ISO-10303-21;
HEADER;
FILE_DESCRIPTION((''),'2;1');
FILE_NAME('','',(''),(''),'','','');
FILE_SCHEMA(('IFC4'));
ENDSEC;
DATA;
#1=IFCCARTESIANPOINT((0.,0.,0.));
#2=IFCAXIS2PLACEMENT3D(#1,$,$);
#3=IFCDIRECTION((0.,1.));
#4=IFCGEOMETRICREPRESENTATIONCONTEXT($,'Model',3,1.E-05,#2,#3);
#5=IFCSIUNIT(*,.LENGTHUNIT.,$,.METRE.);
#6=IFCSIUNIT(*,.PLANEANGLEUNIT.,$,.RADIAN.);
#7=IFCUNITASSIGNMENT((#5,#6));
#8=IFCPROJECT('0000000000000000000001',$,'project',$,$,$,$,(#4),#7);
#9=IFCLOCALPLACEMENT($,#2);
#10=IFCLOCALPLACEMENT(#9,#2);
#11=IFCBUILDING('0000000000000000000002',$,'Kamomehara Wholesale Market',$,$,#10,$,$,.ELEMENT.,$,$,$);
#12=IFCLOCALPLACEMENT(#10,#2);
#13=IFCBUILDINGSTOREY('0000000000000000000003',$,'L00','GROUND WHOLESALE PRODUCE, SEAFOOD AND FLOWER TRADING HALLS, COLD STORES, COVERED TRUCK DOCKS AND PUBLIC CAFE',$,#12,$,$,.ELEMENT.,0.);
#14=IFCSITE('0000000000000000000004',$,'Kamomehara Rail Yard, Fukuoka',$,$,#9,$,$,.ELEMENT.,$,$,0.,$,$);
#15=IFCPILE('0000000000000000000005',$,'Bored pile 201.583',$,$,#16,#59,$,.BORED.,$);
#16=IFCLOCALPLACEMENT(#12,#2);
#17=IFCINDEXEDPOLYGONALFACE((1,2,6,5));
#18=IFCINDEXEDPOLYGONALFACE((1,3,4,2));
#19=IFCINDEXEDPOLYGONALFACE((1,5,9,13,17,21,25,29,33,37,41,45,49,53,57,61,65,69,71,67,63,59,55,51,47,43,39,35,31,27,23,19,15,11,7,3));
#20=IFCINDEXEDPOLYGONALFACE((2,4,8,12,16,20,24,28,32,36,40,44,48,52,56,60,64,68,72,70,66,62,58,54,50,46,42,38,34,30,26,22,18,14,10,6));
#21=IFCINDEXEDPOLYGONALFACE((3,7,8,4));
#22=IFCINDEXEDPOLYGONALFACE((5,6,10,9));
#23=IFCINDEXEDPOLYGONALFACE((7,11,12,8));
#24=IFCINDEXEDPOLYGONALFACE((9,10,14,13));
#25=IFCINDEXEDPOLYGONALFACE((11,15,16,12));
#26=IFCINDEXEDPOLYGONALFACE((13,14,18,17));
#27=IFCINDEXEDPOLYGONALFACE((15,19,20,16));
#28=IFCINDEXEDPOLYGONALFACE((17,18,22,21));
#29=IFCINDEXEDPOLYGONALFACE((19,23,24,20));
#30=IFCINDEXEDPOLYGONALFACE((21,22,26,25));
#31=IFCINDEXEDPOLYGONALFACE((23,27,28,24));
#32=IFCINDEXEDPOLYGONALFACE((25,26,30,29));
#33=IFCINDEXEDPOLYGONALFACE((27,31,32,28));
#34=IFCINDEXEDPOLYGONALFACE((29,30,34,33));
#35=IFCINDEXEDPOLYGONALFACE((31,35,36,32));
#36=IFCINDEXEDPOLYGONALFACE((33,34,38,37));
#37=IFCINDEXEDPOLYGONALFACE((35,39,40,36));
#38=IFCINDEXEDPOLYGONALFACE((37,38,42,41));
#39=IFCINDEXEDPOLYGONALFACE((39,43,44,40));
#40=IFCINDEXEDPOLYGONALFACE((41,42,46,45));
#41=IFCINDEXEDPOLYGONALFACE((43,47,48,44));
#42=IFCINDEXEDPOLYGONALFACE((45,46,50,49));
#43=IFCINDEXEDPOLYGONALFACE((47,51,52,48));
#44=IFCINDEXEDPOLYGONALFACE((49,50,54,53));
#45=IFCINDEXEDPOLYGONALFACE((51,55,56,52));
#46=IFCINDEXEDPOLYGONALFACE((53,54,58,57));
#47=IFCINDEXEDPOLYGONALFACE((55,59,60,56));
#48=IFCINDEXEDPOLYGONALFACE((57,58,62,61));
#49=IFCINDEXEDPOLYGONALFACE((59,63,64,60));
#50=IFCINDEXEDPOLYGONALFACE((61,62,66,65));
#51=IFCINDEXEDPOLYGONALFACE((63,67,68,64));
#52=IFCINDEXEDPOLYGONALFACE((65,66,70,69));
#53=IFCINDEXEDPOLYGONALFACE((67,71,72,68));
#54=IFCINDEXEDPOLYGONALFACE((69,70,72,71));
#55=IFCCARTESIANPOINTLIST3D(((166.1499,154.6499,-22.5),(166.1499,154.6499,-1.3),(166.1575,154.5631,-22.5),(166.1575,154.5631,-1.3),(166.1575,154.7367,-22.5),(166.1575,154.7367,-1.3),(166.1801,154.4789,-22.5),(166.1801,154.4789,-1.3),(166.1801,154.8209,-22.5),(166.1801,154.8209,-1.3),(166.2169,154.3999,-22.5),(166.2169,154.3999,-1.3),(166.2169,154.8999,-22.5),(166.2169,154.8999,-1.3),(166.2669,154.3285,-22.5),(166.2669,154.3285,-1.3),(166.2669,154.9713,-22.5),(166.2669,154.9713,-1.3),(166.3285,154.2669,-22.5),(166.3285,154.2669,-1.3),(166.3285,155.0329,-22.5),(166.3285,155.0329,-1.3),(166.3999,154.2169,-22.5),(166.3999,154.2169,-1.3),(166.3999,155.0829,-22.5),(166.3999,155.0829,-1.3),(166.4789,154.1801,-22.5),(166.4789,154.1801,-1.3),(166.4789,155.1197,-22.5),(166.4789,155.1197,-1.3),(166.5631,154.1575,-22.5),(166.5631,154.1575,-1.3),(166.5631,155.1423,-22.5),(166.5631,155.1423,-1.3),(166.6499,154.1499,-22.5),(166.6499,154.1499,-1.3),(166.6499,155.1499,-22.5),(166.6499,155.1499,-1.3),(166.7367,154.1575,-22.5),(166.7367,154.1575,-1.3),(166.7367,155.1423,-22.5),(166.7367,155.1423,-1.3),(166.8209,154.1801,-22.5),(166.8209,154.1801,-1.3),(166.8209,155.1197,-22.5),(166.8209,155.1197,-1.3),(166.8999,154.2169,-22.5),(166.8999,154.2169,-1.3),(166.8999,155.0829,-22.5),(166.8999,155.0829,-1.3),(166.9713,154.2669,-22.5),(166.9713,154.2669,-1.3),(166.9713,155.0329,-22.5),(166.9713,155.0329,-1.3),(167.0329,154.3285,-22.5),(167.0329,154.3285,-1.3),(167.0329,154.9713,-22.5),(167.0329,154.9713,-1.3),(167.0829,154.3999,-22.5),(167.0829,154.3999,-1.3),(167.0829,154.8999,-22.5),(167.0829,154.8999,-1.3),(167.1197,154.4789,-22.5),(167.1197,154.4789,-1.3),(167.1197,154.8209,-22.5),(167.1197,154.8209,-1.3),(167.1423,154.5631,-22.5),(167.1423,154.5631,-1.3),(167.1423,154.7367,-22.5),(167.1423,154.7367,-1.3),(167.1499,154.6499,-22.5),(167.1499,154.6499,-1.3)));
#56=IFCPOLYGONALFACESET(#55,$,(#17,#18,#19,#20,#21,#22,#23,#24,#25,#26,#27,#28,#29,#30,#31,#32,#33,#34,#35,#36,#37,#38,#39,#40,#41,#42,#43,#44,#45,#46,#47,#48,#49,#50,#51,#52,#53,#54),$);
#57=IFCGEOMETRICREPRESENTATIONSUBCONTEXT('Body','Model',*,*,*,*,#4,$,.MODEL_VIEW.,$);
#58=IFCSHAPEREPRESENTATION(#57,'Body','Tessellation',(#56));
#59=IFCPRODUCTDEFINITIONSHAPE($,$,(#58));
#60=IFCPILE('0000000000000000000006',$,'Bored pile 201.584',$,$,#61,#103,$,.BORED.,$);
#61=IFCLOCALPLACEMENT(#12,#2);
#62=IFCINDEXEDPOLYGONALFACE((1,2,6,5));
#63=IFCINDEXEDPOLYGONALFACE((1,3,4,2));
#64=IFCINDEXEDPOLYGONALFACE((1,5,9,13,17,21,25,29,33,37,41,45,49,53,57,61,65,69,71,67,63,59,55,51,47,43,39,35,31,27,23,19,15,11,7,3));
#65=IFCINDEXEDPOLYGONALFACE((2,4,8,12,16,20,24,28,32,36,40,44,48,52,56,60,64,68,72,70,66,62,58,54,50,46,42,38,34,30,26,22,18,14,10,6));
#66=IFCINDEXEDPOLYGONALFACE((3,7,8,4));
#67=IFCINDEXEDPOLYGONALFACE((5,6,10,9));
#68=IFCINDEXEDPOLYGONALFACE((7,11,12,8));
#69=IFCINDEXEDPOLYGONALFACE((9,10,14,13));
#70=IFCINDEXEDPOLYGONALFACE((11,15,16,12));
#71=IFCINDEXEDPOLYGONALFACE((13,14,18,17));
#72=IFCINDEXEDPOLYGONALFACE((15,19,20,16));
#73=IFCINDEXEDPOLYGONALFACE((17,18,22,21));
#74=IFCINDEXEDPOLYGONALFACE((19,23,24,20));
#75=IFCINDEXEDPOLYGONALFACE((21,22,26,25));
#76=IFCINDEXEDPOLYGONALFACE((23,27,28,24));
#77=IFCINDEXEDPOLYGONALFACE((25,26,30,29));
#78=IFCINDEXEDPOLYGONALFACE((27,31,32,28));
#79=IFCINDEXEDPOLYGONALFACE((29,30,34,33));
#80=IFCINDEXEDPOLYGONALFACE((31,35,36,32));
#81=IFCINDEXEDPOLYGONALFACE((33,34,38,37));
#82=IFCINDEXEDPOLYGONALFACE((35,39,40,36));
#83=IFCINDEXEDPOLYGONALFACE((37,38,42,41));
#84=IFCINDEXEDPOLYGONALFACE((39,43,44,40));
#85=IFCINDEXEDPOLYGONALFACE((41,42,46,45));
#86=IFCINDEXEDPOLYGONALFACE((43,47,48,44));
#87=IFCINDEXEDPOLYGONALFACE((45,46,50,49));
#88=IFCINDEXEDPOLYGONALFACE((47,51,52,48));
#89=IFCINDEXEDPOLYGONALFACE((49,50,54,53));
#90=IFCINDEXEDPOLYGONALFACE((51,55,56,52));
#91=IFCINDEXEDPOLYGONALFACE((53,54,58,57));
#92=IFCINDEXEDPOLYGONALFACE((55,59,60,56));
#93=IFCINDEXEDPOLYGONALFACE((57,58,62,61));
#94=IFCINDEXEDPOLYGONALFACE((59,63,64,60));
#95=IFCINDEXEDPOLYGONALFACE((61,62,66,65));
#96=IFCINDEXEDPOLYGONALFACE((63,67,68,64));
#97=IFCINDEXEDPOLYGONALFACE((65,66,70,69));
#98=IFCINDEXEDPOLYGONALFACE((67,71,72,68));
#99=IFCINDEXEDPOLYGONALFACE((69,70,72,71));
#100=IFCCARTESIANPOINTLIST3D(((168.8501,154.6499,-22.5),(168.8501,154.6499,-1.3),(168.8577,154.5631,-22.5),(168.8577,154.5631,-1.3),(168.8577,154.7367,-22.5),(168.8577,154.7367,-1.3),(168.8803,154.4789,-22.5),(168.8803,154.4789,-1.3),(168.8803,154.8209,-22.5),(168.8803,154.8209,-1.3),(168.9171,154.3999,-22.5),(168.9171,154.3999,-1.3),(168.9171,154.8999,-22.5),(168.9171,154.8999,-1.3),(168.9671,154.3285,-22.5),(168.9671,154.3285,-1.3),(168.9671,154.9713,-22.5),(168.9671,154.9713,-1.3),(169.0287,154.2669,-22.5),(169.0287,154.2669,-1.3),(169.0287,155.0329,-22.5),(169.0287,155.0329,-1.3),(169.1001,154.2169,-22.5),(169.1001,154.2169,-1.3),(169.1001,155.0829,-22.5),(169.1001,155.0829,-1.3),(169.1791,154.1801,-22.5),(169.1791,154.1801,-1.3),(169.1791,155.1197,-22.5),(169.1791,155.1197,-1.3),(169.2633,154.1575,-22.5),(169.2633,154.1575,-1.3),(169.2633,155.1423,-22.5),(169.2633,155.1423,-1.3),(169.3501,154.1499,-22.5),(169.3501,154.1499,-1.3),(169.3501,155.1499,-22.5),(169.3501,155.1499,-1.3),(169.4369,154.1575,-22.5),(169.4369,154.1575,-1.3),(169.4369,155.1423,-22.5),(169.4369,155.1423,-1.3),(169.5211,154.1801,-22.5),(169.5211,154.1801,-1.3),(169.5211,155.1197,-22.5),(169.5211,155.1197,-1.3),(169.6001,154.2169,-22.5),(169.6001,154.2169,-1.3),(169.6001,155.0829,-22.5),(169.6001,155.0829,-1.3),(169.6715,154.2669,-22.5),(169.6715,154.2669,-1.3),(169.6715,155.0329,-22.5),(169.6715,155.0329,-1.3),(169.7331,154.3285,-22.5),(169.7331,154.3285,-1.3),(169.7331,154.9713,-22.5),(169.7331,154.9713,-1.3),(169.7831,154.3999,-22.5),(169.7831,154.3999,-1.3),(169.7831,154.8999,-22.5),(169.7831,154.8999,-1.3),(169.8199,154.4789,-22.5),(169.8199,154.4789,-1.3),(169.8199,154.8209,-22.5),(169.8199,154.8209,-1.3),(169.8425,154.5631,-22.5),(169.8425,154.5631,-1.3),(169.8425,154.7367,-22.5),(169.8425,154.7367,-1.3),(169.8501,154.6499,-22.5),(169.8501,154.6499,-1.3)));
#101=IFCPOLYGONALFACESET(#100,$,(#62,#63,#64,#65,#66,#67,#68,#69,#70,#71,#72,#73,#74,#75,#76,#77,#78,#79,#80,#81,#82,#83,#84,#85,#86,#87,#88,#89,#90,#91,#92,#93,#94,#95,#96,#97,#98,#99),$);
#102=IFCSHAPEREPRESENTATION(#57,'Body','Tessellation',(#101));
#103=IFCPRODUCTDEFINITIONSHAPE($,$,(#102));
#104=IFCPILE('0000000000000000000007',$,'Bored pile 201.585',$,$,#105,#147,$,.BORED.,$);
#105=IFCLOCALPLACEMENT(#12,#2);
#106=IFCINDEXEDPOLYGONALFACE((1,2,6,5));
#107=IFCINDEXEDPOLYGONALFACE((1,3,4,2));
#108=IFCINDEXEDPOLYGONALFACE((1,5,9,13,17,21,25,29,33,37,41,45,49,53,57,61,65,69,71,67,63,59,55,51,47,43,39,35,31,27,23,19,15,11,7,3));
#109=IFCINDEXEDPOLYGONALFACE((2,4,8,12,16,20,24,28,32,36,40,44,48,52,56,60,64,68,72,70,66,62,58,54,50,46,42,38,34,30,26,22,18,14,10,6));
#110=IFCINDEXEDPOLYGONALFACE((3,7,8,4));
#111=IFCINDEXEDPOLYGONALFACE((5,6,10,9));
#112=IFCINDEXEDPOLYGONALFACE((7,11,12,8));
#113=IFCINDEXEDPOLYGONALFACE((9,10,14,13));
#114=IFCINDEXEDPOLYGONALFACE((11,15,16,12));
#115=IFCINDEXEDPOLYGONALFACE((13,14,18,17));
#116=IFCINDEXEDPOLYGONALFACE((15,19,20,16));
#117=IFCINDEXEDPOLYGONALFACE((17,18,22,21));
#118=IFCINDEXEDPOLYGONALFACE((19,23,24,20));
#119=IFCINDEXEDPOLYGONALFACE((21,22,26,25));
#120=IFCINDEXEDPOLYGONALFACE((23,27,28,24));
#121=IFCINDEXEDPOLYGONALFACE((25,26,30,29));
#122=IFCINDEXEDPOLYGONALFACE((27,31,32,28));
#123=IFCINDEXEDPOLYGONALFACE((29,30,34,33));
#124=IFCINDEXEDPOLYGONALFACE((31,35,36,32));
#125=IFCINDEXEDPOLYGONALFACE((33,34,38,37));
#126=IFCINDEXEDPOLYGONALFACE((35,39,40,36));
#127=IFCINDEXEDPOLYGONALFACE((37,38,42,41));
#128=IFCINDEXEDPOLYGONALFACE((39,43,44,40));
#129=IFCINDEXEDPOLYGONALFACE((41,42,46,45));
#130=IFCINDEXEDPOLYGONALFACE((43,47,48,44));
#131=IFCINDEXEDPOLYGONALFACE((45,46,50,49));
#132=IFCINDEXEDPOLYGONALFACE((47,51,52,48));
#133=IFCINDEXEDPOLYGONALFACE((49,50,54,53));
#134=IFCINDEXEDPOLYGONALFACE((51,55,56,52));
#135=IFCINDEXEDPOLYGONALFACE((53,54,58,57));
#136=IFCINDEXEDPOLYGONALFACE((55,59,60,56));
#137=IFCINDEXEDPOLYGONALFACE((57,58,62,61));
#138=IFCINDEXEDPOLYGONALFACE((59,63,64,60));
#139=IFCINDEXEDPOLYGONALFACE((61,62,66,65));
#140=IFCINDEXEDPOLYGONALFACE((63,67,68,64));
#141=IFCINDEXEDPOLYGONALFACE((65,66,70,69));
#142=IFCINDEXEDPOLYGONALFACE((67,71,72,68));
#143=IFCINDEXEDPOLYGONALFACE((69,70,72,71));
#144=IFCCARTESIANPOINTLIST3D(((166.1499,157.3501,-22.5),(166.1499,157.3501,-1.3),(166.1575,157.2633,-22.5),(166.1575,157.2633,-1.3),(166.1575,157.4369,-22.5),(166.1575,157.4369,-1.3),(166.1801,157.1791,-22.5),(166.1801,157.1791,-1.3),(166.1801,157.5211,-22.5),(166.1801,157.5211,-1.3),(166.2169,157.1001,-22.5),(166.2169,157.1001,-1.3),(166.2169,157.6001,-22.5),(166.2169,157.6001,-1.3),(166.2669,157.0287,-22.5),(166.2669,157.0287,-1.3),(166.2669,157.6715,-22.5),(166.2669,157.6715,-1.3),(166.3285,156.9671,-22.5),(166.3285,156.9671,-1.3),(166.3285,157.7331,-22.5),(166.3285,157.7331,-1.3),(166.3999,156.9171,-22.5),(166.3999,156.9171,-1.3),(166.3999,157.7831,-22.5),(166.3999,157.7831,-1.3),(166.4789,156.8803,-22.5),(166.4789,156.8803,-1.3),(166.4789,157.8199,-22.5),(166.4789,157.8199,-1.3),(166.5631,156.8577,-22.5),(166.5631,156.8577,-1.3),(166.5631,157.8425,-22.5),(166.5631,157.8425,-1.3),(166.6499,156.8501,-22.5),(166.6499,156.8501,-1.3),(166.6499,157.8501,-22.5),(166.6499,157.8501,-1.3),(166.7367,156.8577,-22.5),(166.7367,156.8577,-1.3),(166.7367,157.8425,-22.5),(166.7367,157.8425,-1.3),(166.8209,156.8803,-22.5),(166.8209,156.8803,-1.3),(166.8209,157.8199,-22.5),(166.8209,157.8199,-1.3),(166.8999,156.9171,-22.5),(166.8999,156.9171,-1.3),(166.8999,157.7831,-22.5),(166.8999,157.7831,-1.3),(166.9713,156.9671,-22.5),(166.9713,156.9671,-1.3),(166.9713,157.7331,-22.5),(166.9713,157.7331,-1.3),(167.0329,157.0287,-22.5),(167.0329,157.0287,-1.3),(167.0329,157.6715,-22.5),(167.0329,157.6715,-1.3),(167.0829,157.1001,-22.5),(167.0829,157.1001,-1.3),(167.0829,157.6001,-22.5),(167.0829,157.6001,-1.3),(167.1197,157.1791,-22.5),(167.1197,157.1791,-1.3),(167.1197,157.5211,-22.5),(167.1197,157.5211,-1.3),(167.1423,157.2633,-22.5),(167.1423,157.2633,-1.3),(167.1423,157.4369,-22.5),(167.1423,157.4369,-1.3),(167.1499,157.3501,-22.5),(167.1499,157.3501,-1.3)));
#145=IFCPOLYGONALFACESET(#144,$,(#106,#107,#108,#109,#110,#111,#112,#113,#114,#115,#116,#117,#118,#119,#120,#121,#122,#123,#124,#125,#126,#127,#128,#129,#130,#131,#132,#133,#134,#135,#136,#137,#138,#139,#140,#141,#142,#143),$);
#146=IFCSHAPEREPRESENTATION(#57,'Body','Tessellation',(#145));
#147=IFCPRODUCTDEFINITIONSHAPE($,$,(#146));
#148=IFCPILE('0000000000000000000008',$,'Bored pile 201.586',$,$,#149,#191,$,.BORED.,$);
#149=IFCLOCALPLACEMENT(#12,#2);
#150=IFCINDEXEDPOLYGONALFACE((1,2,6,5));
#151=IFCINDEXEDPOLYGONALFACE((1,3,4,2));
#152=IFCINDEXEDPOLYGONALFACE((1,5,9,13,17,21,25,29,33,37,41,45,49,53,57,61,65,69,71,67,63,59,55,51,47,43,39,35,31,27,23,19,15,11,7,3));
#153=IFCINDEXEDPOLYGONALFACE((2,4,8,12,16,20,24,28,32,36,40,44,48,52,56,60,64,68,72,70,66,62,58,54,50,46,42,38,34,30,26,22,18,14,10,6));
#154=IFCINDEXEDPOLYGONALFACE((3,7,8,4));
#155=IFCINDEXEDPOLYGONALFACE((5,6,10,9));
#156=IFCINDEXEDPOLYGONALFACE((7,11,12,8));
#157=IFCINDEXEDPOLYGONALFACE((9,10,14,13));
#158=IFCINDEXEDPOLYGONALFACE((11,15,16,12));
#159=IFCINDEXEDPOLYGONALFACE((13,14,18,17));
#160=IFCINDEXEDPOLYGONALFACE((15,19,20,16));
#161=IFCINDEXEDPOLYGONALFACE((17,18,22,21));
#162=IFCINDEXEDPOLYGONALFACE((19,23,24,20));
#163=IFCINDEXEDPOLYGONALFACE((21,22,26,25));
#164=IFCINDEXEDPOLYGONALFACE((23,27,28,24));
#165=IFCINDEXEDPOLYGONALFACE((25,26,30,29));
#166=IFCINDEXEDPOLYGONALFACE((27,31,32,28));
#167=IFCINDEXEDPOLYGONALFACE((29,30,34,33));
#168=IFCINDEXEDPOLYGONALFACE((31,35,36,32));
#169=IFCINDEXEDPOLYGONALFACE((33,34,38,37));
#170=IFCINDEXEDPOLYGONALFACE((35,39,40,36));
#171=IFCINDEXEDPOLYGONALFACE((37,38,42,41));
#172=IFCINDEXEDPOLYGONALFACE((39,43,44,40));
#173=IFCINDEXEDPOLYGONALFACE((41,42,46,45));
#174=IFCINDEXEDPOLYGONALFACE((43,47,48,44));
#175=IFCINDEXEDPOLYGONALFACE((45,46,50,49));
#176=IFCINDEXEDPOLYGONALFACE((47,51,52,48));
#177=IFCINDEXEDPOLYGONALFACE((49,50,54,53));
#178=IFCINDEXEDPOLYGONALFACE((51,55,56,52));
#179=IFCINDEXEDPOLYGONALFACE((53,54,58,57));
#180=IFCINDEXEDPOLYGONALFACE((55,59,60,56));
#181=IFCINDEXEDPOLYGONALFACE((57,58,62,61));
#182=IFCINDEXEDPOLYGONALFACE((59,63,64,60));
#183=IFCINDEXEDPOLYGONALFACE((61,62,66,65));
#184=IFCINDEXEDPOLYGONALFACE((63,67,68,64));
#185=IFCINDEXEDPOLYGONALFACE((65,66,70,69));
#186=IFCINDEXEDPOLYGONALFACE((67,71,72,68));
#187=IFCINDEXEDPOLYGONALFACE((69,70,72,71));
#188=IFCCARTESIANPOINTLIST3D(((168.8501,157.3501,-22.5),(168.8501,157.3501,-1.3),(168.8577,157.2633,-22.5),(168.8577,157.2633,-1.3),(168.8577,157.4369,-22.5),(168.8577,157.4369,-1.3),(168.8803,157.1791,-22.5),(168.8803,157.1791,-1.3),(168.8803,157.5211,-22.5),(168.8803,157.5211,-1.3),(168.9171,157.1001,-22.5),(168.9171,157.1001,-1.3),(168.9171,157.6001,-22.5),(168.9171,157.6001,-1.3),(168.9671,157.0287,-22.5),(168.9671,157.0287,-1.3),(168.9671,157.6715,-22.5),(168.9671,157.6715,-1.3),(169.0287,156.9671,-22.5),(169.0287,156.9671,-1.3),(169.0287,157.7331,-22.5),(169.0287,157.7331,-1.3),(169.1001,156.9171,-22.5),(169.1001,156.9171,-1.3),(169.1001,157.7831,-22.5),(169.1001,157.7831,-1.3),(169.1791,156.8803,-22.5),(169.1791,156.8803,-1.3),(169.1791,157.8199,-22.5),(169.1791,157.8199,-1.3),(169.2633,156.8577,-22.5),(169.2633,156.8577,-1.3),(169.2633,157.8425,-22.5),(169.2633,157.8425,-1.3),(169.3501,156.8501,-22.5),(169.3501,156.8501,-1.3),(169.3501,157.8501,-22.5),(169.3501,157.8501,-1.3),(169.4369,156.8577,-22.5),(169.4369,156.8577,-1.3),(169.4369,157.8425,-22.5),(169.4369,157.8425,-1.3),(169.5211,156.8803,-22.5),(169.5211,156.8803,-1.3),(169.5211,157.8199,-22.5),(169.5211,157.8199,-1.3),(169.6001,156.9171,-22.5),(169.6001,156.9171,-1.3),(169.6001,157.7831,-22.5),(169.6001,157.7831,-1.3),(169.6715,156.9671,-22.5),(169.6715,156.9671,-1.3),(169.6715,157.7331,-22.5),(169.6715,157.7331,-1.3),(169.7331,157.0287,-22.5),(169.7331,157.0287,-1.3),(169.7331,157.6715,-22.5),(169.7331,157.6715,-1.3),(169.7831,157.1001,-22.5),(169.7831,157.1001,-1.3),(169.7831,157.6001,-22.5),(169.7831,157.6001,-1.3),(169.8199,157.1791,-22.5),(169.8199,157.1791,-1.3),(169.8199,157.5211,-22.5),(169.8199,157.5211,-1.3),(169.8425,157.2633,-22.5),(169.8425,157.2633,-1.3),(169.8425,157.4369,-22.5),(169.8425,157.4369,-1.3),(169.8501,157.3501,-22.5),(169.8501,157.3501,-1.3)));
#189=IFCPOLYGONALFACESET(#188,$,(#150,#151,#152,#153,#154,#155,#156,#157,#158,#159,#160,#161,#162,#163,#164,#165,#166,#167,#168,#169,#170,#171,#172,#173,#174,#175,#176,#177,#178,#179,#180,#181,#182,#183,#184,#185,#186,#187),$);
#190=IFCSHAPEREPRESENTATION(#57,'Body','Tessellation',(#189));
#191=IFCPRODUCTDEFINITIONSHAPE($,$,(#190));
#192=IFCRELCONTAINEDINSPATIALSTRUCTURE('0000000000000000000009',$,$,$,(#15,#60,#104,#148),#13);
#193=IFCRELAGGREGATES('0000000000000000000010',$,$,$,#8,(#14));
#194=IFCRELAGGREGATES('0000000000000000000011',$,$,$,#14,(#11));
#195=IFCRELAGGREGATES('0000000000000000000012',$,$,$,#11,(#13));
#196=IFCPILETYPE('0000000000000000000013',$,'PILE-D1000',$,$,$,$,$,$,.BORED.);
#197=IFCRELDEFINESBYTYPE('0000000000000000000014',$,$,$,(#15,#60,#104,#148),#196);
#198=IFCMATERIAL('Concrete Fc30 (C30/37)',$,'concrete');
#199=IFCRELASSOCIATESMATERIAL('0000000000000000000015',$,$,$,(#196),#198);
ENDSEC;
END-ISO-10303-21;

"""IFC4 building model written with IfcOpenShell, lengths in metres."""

from ifc_helpers import new_model, si_unit, direction, frame, origin, origin_2d, place, context, subcontext, project, spatial, circle, extrude, material, material_profile, profile_set, type_object, element, save


model = new_model("IFC4")

# Units and contexts
model_context = context("Model", 3, precision=1e-05, world=origin(), true_north=direction((0.0, 1.0)))
body_context = subcontext(model_context, "Body", "Model", "MODEL_VIEW")
ifc_project = project(units=[si_unit("LENGTHUNIT", "METRE"), si_unit("PLANEANGLEUNIT", "RADIAN")], contexts=[model_context])

# Site, building, storey
site_placement = place(None, origin())
site = spatial("IfcSite", under=ifc_project, at=site_placement, Name="Kamomehara Rail Yard, Fukuoka", CompositionType="ELEMENT", RefElevation=0.0)
building_placement = place(site_placement, origin())
building = spatial("IfcBuilding", under=site, at=building_placement, Name="Kamomehara Wholesale Market", CompositionType="ELEMENT")
storey_placement = place(building_placement, origin())
storey = spatial("IfcBuildingStorey", under=building, at=storey_placement, Name="L00", Description="GROUND WHOLESALE PRODUCE, SEAFOOD AND FLOWER TRADING HALLS, COLD STORES, COVERED TRUCK DOCKS AND PUBLIC CAFE", CompositionType="ELEMENT", Elevation=0.0)

# Piles
ifc_material_1 = material(Name="Concrete Fc30 (C30/37)", Category="concrete")
ifc_material_profile_1 = material_profile(ifc_material_1, circle(Radius=0.5, at=origin_2d()), Name="RC-PILE-D1000")
ifc_profile_set_1 = profile_set([ifc_material_profile_1], Name="Concrete Fc30 (C30/37)")
pile_type_1 = type_object("IfcPileType", Name="PILE-D1000", PredefinedType="BORED", material=ifc_profile_set_1)
for number, where, z_axis, x_axis, name in (
    (1, (166.6499, 154.6499, -1.3), (0.0, 0.0, -1.0), (1.0, 0.0, 0.0), "Bored pile 201.583"),
    (2, (169.3501, 154.6499, -1.3), (0.0, 0.0, -1.0), (1.0, 0.0, 0.0), "Bored pile 201.584"),
    (3, (166.6499, 157.3501, -1.3), (0.0, 0.0, -1.0), (1.0, 0.0, 0.0), "Bored pile 201.585"),
    (4, (169.3501, 157.3501, -1.3), (0.0, 0.0, -1.0), (1.0, 0.0, 0.0), "Bored pile 201.586"),
):
    element("IfcPile", number, at=place(storey_placement, frame(where, z_axis=z_axis, x_axis=x_axis)), inside=storey, type_object=pile_type_1, Name=name, PredefinedType="BORED", context=body_context, shape_type="SweptSolid", body=[
        extrude(circle(Radius=0.5, at=origin_2d()), origin(), (0.0, 0.0, 1.0), 21.2),
    ])

save(model, "model.ifc")
